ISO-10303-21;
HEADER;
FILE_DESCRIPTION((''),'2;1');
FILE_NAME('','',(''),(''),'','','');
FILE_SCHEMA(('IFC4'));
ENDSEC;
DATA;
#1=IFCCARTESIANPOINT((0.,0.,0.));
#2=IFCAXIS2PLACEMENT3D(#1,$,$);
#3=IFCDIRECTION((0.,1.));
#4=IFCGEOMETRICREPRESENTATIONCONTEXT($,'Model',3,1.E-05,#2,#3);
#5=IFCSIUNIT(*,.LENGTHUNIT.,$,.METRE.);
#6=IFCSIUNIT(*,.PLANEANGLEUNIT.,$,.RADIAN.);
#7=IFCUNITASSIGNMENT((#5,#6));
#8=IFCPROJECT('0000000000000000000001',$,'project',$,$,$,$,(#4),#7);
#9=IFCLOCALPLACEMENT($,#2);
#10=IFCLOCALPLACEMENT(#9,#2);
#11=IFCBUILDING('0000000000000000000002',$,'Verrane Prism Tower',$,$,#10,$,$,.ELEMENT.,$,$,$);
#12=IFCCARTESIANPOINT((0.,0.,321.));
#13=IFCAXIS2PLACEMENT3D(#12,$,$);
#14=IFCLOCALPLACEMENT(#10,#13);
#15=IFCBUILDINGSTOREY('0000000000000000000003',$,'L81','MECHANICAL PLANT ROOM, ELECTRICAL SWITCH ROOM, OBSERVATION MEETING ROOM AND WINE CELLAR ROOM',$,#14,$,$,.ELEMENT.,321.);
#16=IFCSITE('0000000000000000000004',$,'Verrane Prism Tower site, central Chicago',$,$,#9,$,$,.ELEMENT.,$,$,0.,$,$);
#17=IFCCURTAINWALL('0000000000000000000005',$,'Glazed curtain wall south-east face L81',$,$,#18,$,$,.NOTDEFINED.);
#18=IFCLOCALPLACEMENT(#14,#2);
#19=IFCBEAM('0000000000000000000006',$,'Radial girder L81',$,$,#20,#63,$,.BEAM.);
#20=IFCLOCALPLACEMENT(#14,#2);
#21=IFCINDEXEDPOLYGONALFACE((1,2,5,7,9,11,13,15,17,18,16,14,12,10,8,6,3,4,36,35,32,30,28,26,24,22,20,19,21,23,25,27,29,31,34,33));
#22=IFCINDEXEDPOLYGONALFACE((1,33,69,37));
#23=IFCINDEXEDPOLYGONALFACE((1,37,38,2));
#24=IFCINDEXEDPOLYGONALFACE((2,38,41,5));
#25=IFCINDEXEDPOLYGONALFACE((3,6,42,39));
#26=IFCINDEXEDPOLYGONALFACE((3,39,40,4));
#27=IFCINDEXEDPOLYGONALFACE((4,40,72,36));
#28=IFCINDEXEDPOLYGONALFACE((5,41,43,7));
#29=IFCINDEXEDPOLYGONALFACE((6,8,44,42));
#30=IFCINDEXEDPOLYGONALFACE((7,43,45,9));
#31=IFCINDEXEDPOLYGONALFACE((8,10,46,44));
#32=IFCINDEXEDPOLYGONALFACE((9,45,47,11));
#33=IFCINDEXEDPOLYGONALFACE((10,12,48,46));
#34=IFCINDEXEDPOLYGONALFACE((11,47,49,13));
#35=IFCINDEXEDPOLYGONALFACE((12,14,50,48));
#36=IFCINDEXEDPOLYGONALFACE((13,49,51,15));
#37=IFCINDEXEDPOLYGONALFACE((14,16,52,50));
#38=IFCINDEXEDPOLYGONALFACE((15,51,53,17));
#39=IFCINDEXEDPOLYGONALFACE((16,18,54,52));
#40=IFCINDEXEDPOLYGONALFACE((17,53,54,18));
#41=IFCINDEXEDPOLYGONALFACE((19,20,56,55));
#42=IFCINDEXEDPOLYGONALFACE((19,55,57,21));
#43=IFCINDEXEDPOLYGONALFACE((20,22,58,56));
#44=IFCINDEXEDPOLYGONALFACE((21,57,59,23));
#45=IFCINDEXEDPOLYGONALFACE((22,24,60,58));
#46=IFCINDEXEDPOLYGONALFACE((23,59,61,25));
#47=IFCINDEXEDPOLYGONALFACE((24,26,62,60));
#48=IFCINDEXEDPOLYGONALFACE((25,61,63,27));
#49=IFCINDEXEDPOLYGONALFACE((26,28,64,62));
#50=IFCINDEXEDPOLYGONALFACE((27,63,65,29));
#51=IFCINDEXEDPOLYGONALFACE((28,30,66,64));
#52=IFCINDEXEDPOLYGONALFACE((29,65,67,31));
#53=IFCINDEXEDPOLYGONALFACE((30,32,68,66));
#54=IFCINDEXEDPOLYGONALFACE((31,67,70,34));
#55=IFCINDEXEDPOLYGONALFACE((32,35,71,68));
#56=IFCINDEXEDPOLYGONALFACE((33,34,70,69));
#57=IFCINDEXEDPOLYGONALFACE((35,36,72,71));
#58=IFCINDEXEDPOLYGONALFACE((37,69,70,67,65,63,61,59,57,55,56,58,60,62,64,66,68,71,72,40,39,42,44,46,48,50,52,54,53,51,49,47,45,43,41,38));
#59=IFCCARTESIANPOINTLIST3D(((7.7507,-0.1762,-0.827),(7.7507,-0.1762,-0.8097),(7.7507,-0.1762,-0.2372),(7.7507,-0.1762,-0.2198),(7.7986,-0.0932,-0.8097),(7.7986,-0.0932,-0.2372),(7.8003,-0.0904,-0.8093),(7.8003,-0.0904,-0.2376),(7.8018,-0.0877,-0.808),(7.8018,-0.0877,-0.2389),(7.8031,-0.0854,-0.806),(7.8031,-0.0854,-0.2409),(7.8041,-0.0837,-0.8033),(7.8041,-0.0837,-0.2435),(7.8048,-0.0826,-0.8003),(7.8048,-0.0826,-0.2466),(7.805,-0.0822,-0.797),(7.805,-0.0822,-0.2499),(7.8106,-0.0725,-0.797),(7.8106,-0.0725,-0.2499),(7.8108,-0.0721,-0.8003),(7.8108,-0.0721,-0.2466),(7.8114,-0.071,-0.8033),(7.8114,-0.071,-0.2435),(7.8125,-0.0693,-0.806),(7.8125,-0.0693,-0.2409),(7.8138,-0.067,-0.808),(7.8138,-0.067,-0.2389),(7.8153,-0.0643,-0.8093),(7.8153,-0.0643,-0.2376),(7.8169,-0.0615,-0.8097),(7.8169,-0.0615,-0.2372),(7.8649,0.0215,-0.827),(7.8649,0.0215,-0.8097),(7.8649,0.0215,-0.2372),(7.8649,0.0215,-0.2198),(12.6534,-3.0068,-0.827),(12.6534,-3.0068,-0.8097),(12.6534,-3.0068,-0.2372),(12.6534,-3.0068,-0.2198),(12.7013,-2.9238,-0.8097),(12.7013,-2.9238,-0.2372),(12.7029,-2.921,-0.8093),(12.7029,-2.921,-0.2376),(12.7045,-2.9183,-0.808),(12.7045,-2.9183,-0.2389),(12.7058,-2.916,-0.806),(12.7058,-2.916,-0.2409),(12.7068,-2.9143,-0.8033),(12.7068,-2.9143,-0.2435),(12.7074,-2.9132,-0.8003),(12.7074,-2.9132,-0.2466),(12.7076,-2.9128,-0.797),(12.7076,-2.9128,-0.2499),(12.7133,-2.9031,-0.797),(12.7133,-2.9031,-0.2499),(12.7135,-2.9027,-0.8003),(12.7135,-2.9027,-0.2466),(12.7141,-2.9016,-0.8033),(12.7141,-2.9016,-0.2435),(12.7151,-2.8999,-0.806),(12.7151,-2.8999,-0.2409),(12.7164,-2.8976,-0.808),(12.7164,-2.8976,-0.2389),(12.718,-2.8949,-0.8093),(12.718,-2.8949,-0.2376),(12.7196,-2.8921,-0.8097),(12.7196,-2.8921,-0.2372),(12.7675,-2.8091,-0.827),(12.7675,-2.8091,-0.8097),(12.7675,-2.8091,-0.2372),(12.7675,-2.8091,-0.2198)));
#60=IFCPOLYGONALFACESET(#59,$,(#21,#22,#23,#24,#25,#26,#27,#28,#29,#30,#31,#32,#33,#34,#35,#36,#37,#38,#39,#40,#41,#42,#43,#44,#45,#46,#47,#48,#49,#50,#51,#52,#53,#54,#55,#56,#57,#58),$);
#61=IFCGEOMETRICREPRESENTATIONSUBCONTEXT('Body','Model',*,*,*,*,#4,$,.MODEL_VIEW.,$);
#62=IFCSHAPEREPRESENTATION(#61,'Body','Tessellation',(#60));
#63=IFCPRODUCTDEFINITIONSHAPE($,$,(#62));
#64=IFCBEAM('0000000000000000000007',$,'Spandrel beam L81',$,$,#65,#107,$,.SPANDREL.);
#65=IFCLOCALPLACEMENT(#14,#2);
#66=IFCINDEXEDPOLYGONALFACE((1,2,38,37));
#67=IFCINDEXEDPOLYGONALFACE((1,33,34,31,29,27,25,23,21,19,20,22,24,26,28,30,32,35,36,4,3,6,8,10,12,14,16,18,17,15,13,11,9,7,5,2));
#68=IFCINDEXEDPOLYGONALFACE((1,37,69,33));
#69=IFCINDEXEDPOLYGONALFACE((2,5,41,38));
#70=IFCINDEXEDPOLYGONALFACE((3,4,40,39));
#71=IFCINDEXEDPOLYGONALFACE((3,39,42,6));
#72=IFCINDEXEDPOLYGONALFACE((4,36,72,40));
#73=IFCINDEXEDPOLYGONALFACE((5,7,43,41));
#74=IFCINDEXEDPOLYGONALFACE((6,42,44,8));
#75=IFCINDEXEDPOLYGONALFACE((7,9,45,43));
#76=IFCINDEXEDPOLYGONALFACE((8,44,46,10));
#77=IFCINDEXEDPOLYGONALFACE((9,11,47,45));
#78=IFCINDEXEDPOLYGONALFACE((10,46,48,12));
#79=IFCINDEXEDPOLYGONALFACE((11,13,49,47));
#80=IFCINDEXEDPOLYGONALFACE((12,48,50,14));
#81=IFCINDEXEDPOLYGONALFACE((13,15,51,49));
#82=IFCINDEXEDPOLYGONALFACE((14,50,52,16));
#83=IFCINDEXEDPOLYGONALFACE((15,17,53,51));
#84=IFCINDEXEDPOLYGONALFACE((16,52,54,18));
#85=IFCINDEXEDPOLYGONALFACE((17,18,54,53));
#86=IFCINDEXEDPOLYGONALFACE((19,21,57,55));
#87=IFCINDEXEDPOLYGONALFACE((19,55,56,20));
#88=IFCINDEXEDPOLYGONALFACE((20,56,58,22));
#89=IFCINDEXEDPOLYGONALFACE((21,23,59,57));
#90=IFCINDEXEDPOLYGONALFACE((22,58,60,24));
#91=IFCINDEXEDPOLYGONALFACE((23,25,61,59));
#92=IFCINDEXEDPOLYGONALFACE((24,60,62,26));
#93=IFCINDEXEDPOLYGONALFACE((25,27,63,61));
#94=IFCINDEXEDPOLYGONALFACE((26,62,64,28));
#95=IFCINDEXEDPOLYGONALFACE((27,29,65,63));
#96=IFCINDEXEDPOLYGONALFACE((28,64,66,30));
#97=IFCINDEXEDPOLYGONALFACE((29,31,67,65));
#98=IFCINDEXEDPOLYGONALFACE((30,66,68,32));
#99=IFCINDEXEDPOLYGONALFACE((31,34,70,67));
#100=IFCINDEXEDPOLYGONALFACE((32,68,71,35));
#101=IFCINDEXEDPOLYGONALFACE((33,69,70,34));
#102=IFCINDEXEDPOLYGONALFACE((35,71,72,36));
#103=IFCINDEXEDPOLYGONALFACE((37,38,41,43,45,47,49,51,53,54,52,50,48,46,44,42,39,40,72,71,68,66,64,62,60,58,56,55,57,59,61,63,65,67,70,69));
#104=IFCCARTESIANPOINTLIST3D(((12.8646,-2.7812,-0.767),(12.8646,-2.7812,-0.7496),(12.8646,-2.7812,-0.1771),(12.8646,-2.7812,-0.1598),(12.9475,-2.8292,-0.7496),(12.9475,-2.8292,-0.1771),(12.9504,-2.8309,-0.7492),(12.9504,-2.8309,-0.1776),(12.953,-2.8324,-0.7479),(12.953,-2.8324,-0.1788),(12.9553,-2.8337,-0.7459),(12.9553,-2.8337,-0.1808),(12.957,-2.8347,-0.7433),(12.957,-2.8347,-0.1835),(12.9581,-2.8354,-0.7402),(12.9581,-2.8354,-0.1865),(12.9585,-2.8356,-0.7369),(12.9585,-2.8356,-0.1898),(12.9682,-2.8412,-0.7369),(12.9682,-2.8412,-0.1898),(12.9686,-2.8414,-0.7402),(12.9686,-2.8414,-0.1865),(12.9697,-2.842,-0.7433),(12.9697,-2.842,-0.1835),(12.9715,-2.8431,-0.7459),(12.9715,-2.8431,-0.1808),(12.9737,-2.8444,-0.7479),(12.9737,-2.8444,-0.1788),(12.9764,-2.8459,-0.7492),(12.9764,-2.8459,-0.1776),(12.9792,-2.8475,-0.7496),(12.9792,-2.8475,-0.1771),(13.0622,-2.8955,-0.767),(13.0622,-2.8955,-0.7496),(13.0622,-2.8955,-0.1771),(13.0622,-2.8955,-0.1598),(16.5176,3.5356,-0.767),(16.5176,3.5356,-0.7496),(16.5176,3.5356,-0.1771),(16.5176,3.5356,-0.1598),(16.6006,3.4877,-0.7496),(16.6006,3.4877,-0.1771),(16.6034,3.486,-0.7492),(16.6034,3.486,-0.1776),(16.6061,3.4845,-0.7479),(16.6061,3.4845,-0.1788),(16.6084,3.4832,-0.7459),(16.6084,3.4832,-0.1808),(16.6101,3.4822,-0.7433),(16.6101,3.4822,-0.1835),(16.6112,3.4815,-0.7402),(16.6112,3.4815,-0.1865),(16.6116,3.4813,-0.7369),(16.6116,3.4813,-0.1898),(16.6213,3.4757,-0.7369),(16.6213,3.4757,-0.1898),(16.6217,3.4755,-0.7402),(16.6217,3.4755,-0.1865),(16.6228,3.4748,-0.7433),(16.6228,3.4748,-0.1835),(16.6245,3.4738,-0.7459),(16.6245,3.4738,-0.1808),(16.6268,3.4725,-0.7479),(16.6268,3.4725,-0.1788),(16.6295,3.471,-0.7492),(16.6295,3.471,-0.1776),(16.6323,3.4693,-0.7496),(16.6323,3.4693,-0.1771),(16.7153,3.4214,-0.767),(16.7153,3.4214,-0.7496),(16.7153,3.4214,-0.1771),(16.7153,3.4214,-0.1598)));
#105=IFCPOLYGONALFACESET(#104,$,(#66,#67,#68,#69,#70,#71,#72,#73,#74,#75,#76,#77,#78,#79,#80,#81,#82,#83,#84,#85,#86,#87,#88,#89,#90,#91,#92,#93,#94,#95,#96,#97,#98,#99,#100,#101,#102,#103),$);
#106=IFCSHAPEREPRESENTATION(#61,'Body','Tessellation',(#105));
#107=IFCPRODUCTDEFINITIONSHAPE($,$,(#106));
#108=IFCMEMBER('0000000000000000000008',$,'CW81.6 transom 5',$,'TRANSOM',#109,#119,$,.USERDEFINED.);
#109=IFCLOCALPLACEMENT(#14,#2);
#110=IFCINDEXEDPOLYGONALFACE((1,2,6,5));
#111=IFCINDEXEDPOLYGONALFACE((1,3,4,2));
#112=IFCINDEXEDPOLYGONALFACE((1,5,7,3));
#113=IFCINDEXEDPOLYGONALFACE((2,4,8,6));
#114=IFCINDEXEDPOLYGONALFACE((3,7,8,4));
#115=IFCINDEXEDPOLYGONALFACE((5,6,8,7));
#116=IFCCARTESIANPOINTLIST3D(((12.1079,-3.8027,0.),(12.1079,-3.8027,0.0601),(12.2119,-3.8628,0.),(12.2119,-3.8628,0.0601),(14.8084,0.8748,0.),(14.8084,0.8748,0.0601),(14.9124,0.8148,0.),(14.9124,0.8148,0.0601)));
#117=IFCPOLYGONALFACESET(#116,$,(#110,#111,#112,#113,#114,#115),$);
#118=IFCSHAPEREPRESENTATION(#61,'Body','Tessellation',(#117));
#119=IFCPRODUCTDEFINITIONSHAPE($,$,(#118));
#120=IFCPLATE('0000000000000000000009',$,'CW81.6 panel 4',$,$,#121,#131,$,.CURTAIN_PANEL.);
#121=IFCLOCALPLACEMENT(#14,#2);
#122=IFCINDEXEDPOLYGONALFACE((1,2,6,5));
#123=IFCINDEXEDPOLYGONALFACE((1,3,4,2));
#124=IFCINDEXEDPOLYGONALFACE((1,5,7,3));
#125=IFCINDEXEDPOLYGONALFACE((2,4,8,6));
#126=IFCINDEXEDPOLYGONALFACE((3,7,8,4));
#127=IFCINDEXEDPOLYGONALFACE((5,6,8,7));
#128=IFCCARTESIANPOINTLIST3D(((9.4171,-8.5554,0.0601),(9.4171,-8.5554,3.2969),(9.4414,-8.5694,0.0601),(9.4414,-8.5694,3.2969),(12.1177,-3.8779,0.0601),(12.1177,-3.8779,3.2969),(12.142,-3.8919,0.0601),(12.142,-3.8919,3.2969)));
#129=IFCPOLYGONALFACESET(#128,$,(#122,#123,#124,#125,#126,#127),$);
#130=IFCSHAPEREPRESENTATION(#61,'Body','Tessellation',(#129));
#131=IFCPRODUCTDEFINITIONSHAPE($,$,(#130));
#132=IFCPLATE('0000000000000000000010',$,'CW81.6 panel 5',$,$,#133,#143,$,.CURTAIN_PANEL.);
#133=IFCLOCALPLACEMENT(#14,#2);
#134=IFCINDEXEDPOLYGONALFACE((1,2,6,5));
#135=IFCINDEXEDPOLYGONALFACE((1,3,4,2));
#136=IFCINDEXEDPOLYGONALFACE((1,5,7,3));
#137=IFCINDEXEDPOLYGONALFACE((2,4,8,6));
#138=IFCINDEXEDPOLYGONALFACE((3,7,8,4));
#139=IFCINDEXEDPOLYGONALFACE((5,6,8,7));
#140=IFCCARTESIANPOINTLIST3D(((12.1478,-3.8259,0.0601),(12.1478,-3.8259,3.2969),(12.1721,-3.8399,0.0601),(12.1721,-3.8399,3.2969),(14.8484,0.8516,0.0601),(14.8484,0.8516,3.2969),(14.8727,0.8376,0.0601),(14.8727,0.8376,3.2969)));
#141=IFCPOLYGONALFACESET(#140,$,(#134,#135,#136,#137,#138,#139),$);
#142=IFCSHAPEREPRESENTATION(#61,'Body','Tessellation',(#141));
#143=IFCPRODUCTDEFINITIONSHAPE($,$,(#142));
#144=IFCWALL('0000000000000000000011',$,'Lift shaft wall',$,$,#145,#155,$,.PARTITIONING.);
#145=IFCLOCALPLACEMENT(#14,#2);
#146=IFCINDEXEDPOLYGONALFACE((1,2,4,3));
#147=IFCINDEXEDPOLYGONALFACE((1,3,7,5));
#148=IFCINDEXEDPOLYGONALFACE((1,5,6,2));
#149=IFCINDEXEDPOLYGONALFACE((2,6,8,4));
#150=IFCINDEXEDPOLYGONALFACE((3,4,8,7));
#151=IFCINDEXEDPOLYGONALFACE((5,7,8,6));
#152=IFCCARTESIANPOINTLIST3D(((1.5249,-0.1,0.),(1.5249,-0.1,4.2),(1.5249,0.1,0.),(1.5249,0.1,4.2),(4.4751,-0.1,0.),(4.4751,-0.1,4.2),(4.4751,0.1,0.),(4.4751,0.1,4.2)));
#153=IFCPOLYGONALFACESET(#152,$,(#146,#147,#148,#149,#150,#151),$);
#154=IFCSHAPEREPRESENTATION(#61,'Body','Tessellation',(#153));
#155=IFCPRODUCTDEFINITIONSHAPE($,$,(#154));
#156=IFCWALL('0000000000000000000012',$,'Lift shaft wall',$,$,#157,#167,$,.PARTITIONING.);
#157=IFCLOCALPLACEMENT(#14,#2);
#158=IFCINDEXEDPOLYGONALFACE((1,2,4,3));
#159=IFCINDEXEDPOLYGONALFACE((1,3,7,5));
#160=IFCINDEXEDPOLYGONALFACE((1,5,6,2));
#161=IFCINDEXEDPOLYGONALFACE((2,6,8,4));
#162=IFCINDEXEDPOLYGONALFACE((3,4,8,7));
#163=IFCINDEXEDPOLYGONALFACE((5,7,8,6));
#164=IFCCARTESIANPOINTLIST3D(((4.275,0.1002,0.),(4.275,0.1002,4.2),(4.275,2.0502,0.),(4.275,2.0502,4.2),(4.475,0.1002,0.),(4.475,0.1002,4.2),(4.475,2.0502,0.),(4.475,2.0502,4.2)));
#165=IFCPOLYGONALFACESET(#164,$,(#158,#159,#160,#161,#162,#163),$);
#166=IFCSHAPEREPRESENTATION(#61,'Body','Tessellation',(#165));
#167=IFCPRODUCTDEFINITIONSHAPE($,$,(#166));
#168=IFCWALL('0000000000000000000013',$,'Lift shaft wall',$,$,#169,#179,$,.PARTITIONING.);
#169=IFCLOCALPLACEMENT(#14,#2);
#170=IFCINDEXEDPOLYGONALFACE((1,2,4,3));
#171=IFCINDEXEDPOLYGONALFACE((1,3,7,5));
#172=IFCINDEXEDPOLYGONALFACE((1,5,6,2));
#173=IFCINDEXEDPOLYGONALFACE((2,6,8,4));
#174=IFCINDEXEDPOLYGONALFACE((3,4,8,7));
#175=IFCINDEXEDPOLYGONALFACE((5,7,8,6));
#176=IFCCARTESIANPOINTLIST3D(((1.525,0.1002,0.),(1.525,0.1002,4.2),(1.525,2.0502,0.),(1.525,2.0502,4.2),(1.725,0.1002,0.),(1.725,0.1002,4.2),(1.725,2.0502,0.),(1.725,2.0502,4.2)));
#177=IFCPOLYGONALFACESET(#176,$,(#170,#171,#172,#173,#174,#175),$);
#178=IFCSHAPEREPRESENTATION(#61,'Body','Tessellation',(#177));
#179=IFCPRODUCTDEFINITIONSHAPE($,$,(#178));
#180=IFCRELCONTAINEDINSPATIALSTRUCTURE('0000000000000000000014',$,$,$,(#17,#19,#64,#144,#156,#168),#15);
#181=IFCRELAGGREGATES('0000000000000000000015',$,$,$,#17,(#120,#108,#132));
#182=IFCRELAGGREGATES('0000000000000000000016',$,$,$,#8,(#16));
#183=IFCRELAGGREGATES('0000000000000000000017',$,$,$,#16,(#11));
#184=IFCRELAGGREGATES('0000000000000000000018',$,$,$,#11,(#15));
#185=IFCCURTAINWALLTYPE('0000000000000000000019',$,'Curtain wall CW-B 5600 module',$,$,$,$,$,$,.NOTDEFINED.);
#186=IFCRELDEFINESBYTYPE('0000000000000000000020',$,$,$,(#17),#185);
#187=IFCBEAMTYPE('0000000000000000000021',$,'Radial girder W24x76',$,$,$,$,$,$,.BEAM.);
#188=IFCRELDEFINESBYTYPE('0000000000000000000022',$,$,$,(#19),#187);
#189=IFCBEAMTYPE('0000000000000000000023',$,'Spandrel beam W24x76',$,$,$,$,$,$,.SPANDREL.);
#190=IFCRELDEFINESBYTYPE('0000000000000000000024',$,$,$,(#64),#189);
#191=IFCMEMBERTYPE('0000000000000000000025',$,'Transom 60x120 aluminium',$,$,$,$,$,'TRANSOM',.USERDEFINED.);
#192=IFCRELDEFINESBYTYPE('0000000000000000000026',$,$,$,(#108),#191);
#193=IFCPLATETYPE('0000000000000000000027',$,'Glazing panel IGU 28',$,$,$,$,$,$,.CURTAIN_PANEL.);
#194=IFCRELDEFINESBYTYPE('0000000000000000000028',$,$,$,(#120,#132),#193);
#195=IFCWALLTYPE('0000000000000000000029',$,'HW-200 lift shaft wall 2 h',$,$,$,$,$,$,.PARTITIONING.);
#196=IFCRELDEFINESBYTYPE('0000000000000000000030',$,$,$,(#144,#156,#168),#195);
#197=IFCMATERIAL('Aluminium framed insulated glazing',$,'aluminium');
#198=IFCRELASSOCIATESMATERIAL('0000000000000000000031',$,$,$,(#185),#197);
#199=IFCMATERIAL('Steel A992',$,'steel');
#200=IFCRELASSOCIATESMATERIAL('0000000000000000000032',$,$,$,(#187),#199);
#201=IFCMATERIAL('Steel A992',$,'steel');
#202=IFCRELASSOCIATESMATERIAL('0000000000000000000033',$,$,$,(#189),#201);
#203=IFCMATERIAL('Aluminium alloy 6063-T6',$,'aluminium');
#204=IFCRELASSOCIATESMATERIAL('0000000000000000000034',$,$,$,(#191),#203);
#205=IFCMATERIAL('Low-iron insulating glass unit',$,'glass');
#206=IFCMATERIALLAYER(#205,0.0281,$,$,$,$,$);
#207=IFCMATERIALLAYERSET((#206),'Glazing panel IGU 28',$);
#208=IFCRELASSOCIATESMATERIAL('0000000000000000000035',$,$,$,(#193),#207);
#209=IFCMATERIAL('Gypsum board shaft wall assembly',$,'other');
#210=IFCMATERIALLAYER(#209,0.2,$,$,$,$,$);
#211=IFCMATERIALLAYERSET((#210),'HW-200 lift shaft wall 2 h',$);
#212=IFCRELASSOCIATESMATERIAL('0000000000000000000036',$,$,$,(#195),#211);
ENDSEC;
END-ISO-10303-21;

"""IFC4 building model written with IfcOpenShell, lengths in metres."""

from ifc_helpers import new_model, si_unit, direction, frame, frame_2d, origin, origin_2d, place, context, subcontext, project, spatial, rectangle, i_section, extrude, material, layer, layer_set, material_profile, profile_set, type_object, element, aggregate, save


model = new_model("IFC4")

# Units and contexts
model_context = context("Model", 3, precision=1e-05, world=origin(), true_north=direction((0.0, 1.0)))
body_context = subcontext(model_context, "Body", "Model", "MODEL_VIEW")
ifc_project = project(units=[si_unit("LENGTHUNIT", "METRE"), si_unit("PLANEANGLEUNIT", "RADIAN")], contexts=[model_context])

# Site, building, storey
site_placement = place(None, origin())
site = spatial("IfcSite", under=ifc_project, at=site_placement, Name="Verrane Prism Tower site, central Chicago", CompositionType="ELEMENT", RefElevation=0.0)
building_placement = place(site_placement, origin())
building = spatial("IfcBuilding", under=site, at=building_placement, Name="Verrane Prism Tower", CompositionType="ELEMENT")
storey_placement = place(building_placement, frame((0.0, 0.0, 321.0)))
storey = spatial("IfcBuildingStorey", under=building, at=storey_placement, Name="L81", Description="MECHANICAL PLANT ROOM, ELECTRICAL SWITCH ROOM, OBSERVATION MEETING ROOM AND WINE CELLAR ROOM", CompositionType="ELEMENT", Elevation=321.0)

# Curtain wall
ifc_material_1 = material(Name="Aluminium framed insulated glazing", Category="aluminium")
curtain_wall_type = type_object("IfcCurtainWallType", Name="Curtain wall CW-B 5600 module", PredefinedType="NOTDEFINED", material=ifc_material_1)
curtain_wall_placement = place(storey_placement, origin())
curtain_wall = element("IfcCurtainWall", 1, at=curtain_wall_placement, inside=storey, type_object=curtain_wall_type, Name="Glazed curtain wall south-east face L81", PredefinedType="NOTDEFINED")

# Beams
ifc_material_2 = material(Name="Steel A992", Category="steel")
ifc_material_profile_1 = material_profile(ifc_material_2, i_section(OverallWidth=0.2283, OverallDepth=0.6072, WebThickness=0.0112, FlangeThickness=0.0173, FilletRadius=0.0127, at=origin_2d()), Name="W24x76")
ifc_profile_set_1 = profile_set([ifc_material_profile_1], Name="Steel A992")
beam_type_1 = type_object("IfcBeamType", Name="Radial girder W24x76", PredefinedType="BEAM", material=ifc_profile_set_1)
beam_1_placement = place(storey_placement, frame((12.7104, -2.908, -0.5234), z_axis=(-0.866021, 0.500007, 0.0), x_axis=(-0.500007, -0.866021, 0.0)))
element("IfcBeam", 2, at=beam_1_placement, inside=storey, type_object=beam_type_1, Name="Radial girder L81", PredefinedType="BEAM", context=body_context, shape_type="SweptSolid", body=[
    extrude(i_section(OverallWidth=0.2283, OverallDepth=0.6072, WebThickness=0.0112, FlangeThickness=0.0173, FilletRadius=0.0127, at=origin_2d()), origin(), (0.0, 0.0, 1.0), 5.6611),
])
ifc_material_3 = material(Name="Steel A992", Category="steel")
ifc_material_profile_2 = material_profile(ifc_material_3, i_section(OverallWidth=0.2283, OverallDepth=0.6072, WebThickness=0.0112, FlangeThickness=0.0173, FilletRadius=0.0127, at=origin_2d()), Name="W24x76")
ifc_profile_set_2 = profile_set([ifc_material_profile_2], Name="Steel A992")
beam_type_2 = type_object("IfcBeamType", Name="Spandrel beam W24x76", PredefinedType="SPANDREL", material=ifc_profile_set_2)
beam_2_placement = place(storey_placement, frame((12.9634, -2.8384, -0.4634), z_axis=(0.500618, 0.865668, 0.0), x_axis=(-0.865668, 0.500618, 0.0)))
element("IfcBeam", 3, at=beam_2_placement, inside=storey, type_object=beam_type_2, Name="Spandrel beam L81", PredefinedType="SPANDREL", context=body_context, shape_type="SweptSolid", body=[
    extrude(i_section(OverallWidth=0.2283, OverallDepth=0.6072, WebThickness=0.0112, FlangeThickness=0.0173, FilletRadius=0.0127, at=origin_2d()), origin(), (0.0, 0.0, 1.0), 7.2971),
])

# Member
ifc_material_4 = material(Name="Aluminium alloy 6063-T6", Category="aluminium")
ifc_material_profile_3 = material_profile(ifc_material_4, rectangle(XDim=0.1201, YDim=0.0601, at=origin_2d()), Name="Transom 60x120 aluminium")
ifc_profile_set_3 = profile_set([ifc_material_profile_3], Name="Aluminium alloy 6063-T6")
member_type_1 = type_object("IfcMemberType", Name="Transom 60x120 aluminium", ElementType="TRANSOM", PredefinedType="USERDEFINED", material=ifc_profile_set_3)
member_1_placement = place(storey_placement, frame((12.1599, -3.8328, 0.03), z_axis=(0.499985, 0.866034, 0.0), x_axis=(-0.866034, 0.499985, 0.0)))
member_1 = element("IfcMember", 4, at=member_1_placement, type_object=member_type_1, Name="CW81.6 transom 5", ObjectType="TRANSOM", PredefinedType="USERDEFINED", context=body_context, shape_type="SweptSolid", body=[
    extrude(rectangle(XDim=0.1201, YDim=0.0601, at=origin_2d()), origin(), (0.0, 0.0, 1.0), 5.4011),
])

# Plates
ifc_material_5 = material(Name="Low-iron insulating glass unit", Category="glass")
ifc_layer_1 = layer(ifc_material_5, 0.0281)
ifc_layer_set_1 = layer_set([ifc_layer_1], Name="Glazing panel IGU 28")
plate_type = type_object("IfcPlateType", Name="Glazing panel IGU 28", PredefinedType="CURTAIN_PANEL", material=ifc_layer_set_1)
plate_1_placement = place(storey_placement, frame((10.7795, -6.2236, 0.0601), z_axis=(0.0, 0.0, 1.0), x_axis=(0.5, 0.866025, 0.0)))
plate_1 = element("IfcPlate", 5, at=plate_1_placement, type_object=plate_type, Name="CW81.6 panel 4", PredefinedType="CURTAIN_PANEL", context=body_context, shape_type="SweptSolid", body=[
    extrude(rectangle(XDim=5.4011, YDim=0.0281, at=origin_2d()), origin(), (0.0, 0.0, 1.0), 3.2368),
])
plate_2_placement = place(storey_placement, frame((13.5103, -1.4941, 0.0601), z_axis=(0.0, 0.0, 1.0), x_axis=(0.5, 0.866025, 0.0)))
plate_2 = element("IfcPlate", 6, at=plate_2_placement, type_object=plate_type, Name="CW81.6 panel 5", PredefinedType="CURTAIN_PANEL", context=body_context, shape_type="SweptSolid", body=[
    extrude(rectangle(XDim=5.4011, YDim=0.0281, at=origin_2d()), origin(), (0.0, 0.0, 1.0), 3.2368),
])
aggregate(curtain_wall, [plate_1, member_1, plate_2])

# Walls
ifc_material_6 = material(Name="Gypsum board shaft wall assembly", Category="other")
ifc_layer_2 = layer(ifc_material_6, 0.2)
ifc_layer_set_2 = layer_set([ifc_layer_2], Name="HW-200 lift shaft wall 2 h")
wall_type_1 = type_object("IfcWallType", Name="HW-200 lift shaft wall 2 h", PredefinedType="PARTITIONING", material=ifc_layer_set_2)
wall_1_placement = place(storey_placement, frame((1.5249, 0.0, 0.0), z_axis=(0.0, 0.0, 1.0), x_axis=(1.0, 0.0, 0.0)))
element("IfcWall", 7, at=wall_1_placement, inside=storey, type_object=wall_type_1, Name="Lift shaft wall", PredefinedType="PARTITIONING", context=body_context, shape_type="SweptSolid", body=[
    extrude(rectangle(XDim=2.9502, YDim=0.2, at=frame_2d((1.4751, 0.0))), origin(), (0.0, 0.0, 1.0), 4.2),
])
for number, where, z_axis, x_axis, name in (
    (8, (4.375, 0.1001, 0.0), (0.0, 0.0, 1.0), (0.0, 1.0, 0.0), "Lift shaft wall"),
    (9, (1.625, 0.1001, 0.0), (0.0, 0.0, 1.0), (0.0, 1.0, 0.0), "Lift shaft wall"),
):
    element("IfcWall", number, at=place(storey_placement, frame(where, z_axis=z_axis, x_axis=x_axis)), inside=storey, type_object=wall_type_1, Name=name, PredefinedType="PARTITIONING", context=body_context, shape_type="SweptSolid", body=[
        extrude(rectangle(XDim=1.95, YDim=0.2, at=frame_2d((0.9751, 0.0))), origin(), (0.0, 0.0, 1.0), 4.2),
    ])

save(model, "model.ifc")
